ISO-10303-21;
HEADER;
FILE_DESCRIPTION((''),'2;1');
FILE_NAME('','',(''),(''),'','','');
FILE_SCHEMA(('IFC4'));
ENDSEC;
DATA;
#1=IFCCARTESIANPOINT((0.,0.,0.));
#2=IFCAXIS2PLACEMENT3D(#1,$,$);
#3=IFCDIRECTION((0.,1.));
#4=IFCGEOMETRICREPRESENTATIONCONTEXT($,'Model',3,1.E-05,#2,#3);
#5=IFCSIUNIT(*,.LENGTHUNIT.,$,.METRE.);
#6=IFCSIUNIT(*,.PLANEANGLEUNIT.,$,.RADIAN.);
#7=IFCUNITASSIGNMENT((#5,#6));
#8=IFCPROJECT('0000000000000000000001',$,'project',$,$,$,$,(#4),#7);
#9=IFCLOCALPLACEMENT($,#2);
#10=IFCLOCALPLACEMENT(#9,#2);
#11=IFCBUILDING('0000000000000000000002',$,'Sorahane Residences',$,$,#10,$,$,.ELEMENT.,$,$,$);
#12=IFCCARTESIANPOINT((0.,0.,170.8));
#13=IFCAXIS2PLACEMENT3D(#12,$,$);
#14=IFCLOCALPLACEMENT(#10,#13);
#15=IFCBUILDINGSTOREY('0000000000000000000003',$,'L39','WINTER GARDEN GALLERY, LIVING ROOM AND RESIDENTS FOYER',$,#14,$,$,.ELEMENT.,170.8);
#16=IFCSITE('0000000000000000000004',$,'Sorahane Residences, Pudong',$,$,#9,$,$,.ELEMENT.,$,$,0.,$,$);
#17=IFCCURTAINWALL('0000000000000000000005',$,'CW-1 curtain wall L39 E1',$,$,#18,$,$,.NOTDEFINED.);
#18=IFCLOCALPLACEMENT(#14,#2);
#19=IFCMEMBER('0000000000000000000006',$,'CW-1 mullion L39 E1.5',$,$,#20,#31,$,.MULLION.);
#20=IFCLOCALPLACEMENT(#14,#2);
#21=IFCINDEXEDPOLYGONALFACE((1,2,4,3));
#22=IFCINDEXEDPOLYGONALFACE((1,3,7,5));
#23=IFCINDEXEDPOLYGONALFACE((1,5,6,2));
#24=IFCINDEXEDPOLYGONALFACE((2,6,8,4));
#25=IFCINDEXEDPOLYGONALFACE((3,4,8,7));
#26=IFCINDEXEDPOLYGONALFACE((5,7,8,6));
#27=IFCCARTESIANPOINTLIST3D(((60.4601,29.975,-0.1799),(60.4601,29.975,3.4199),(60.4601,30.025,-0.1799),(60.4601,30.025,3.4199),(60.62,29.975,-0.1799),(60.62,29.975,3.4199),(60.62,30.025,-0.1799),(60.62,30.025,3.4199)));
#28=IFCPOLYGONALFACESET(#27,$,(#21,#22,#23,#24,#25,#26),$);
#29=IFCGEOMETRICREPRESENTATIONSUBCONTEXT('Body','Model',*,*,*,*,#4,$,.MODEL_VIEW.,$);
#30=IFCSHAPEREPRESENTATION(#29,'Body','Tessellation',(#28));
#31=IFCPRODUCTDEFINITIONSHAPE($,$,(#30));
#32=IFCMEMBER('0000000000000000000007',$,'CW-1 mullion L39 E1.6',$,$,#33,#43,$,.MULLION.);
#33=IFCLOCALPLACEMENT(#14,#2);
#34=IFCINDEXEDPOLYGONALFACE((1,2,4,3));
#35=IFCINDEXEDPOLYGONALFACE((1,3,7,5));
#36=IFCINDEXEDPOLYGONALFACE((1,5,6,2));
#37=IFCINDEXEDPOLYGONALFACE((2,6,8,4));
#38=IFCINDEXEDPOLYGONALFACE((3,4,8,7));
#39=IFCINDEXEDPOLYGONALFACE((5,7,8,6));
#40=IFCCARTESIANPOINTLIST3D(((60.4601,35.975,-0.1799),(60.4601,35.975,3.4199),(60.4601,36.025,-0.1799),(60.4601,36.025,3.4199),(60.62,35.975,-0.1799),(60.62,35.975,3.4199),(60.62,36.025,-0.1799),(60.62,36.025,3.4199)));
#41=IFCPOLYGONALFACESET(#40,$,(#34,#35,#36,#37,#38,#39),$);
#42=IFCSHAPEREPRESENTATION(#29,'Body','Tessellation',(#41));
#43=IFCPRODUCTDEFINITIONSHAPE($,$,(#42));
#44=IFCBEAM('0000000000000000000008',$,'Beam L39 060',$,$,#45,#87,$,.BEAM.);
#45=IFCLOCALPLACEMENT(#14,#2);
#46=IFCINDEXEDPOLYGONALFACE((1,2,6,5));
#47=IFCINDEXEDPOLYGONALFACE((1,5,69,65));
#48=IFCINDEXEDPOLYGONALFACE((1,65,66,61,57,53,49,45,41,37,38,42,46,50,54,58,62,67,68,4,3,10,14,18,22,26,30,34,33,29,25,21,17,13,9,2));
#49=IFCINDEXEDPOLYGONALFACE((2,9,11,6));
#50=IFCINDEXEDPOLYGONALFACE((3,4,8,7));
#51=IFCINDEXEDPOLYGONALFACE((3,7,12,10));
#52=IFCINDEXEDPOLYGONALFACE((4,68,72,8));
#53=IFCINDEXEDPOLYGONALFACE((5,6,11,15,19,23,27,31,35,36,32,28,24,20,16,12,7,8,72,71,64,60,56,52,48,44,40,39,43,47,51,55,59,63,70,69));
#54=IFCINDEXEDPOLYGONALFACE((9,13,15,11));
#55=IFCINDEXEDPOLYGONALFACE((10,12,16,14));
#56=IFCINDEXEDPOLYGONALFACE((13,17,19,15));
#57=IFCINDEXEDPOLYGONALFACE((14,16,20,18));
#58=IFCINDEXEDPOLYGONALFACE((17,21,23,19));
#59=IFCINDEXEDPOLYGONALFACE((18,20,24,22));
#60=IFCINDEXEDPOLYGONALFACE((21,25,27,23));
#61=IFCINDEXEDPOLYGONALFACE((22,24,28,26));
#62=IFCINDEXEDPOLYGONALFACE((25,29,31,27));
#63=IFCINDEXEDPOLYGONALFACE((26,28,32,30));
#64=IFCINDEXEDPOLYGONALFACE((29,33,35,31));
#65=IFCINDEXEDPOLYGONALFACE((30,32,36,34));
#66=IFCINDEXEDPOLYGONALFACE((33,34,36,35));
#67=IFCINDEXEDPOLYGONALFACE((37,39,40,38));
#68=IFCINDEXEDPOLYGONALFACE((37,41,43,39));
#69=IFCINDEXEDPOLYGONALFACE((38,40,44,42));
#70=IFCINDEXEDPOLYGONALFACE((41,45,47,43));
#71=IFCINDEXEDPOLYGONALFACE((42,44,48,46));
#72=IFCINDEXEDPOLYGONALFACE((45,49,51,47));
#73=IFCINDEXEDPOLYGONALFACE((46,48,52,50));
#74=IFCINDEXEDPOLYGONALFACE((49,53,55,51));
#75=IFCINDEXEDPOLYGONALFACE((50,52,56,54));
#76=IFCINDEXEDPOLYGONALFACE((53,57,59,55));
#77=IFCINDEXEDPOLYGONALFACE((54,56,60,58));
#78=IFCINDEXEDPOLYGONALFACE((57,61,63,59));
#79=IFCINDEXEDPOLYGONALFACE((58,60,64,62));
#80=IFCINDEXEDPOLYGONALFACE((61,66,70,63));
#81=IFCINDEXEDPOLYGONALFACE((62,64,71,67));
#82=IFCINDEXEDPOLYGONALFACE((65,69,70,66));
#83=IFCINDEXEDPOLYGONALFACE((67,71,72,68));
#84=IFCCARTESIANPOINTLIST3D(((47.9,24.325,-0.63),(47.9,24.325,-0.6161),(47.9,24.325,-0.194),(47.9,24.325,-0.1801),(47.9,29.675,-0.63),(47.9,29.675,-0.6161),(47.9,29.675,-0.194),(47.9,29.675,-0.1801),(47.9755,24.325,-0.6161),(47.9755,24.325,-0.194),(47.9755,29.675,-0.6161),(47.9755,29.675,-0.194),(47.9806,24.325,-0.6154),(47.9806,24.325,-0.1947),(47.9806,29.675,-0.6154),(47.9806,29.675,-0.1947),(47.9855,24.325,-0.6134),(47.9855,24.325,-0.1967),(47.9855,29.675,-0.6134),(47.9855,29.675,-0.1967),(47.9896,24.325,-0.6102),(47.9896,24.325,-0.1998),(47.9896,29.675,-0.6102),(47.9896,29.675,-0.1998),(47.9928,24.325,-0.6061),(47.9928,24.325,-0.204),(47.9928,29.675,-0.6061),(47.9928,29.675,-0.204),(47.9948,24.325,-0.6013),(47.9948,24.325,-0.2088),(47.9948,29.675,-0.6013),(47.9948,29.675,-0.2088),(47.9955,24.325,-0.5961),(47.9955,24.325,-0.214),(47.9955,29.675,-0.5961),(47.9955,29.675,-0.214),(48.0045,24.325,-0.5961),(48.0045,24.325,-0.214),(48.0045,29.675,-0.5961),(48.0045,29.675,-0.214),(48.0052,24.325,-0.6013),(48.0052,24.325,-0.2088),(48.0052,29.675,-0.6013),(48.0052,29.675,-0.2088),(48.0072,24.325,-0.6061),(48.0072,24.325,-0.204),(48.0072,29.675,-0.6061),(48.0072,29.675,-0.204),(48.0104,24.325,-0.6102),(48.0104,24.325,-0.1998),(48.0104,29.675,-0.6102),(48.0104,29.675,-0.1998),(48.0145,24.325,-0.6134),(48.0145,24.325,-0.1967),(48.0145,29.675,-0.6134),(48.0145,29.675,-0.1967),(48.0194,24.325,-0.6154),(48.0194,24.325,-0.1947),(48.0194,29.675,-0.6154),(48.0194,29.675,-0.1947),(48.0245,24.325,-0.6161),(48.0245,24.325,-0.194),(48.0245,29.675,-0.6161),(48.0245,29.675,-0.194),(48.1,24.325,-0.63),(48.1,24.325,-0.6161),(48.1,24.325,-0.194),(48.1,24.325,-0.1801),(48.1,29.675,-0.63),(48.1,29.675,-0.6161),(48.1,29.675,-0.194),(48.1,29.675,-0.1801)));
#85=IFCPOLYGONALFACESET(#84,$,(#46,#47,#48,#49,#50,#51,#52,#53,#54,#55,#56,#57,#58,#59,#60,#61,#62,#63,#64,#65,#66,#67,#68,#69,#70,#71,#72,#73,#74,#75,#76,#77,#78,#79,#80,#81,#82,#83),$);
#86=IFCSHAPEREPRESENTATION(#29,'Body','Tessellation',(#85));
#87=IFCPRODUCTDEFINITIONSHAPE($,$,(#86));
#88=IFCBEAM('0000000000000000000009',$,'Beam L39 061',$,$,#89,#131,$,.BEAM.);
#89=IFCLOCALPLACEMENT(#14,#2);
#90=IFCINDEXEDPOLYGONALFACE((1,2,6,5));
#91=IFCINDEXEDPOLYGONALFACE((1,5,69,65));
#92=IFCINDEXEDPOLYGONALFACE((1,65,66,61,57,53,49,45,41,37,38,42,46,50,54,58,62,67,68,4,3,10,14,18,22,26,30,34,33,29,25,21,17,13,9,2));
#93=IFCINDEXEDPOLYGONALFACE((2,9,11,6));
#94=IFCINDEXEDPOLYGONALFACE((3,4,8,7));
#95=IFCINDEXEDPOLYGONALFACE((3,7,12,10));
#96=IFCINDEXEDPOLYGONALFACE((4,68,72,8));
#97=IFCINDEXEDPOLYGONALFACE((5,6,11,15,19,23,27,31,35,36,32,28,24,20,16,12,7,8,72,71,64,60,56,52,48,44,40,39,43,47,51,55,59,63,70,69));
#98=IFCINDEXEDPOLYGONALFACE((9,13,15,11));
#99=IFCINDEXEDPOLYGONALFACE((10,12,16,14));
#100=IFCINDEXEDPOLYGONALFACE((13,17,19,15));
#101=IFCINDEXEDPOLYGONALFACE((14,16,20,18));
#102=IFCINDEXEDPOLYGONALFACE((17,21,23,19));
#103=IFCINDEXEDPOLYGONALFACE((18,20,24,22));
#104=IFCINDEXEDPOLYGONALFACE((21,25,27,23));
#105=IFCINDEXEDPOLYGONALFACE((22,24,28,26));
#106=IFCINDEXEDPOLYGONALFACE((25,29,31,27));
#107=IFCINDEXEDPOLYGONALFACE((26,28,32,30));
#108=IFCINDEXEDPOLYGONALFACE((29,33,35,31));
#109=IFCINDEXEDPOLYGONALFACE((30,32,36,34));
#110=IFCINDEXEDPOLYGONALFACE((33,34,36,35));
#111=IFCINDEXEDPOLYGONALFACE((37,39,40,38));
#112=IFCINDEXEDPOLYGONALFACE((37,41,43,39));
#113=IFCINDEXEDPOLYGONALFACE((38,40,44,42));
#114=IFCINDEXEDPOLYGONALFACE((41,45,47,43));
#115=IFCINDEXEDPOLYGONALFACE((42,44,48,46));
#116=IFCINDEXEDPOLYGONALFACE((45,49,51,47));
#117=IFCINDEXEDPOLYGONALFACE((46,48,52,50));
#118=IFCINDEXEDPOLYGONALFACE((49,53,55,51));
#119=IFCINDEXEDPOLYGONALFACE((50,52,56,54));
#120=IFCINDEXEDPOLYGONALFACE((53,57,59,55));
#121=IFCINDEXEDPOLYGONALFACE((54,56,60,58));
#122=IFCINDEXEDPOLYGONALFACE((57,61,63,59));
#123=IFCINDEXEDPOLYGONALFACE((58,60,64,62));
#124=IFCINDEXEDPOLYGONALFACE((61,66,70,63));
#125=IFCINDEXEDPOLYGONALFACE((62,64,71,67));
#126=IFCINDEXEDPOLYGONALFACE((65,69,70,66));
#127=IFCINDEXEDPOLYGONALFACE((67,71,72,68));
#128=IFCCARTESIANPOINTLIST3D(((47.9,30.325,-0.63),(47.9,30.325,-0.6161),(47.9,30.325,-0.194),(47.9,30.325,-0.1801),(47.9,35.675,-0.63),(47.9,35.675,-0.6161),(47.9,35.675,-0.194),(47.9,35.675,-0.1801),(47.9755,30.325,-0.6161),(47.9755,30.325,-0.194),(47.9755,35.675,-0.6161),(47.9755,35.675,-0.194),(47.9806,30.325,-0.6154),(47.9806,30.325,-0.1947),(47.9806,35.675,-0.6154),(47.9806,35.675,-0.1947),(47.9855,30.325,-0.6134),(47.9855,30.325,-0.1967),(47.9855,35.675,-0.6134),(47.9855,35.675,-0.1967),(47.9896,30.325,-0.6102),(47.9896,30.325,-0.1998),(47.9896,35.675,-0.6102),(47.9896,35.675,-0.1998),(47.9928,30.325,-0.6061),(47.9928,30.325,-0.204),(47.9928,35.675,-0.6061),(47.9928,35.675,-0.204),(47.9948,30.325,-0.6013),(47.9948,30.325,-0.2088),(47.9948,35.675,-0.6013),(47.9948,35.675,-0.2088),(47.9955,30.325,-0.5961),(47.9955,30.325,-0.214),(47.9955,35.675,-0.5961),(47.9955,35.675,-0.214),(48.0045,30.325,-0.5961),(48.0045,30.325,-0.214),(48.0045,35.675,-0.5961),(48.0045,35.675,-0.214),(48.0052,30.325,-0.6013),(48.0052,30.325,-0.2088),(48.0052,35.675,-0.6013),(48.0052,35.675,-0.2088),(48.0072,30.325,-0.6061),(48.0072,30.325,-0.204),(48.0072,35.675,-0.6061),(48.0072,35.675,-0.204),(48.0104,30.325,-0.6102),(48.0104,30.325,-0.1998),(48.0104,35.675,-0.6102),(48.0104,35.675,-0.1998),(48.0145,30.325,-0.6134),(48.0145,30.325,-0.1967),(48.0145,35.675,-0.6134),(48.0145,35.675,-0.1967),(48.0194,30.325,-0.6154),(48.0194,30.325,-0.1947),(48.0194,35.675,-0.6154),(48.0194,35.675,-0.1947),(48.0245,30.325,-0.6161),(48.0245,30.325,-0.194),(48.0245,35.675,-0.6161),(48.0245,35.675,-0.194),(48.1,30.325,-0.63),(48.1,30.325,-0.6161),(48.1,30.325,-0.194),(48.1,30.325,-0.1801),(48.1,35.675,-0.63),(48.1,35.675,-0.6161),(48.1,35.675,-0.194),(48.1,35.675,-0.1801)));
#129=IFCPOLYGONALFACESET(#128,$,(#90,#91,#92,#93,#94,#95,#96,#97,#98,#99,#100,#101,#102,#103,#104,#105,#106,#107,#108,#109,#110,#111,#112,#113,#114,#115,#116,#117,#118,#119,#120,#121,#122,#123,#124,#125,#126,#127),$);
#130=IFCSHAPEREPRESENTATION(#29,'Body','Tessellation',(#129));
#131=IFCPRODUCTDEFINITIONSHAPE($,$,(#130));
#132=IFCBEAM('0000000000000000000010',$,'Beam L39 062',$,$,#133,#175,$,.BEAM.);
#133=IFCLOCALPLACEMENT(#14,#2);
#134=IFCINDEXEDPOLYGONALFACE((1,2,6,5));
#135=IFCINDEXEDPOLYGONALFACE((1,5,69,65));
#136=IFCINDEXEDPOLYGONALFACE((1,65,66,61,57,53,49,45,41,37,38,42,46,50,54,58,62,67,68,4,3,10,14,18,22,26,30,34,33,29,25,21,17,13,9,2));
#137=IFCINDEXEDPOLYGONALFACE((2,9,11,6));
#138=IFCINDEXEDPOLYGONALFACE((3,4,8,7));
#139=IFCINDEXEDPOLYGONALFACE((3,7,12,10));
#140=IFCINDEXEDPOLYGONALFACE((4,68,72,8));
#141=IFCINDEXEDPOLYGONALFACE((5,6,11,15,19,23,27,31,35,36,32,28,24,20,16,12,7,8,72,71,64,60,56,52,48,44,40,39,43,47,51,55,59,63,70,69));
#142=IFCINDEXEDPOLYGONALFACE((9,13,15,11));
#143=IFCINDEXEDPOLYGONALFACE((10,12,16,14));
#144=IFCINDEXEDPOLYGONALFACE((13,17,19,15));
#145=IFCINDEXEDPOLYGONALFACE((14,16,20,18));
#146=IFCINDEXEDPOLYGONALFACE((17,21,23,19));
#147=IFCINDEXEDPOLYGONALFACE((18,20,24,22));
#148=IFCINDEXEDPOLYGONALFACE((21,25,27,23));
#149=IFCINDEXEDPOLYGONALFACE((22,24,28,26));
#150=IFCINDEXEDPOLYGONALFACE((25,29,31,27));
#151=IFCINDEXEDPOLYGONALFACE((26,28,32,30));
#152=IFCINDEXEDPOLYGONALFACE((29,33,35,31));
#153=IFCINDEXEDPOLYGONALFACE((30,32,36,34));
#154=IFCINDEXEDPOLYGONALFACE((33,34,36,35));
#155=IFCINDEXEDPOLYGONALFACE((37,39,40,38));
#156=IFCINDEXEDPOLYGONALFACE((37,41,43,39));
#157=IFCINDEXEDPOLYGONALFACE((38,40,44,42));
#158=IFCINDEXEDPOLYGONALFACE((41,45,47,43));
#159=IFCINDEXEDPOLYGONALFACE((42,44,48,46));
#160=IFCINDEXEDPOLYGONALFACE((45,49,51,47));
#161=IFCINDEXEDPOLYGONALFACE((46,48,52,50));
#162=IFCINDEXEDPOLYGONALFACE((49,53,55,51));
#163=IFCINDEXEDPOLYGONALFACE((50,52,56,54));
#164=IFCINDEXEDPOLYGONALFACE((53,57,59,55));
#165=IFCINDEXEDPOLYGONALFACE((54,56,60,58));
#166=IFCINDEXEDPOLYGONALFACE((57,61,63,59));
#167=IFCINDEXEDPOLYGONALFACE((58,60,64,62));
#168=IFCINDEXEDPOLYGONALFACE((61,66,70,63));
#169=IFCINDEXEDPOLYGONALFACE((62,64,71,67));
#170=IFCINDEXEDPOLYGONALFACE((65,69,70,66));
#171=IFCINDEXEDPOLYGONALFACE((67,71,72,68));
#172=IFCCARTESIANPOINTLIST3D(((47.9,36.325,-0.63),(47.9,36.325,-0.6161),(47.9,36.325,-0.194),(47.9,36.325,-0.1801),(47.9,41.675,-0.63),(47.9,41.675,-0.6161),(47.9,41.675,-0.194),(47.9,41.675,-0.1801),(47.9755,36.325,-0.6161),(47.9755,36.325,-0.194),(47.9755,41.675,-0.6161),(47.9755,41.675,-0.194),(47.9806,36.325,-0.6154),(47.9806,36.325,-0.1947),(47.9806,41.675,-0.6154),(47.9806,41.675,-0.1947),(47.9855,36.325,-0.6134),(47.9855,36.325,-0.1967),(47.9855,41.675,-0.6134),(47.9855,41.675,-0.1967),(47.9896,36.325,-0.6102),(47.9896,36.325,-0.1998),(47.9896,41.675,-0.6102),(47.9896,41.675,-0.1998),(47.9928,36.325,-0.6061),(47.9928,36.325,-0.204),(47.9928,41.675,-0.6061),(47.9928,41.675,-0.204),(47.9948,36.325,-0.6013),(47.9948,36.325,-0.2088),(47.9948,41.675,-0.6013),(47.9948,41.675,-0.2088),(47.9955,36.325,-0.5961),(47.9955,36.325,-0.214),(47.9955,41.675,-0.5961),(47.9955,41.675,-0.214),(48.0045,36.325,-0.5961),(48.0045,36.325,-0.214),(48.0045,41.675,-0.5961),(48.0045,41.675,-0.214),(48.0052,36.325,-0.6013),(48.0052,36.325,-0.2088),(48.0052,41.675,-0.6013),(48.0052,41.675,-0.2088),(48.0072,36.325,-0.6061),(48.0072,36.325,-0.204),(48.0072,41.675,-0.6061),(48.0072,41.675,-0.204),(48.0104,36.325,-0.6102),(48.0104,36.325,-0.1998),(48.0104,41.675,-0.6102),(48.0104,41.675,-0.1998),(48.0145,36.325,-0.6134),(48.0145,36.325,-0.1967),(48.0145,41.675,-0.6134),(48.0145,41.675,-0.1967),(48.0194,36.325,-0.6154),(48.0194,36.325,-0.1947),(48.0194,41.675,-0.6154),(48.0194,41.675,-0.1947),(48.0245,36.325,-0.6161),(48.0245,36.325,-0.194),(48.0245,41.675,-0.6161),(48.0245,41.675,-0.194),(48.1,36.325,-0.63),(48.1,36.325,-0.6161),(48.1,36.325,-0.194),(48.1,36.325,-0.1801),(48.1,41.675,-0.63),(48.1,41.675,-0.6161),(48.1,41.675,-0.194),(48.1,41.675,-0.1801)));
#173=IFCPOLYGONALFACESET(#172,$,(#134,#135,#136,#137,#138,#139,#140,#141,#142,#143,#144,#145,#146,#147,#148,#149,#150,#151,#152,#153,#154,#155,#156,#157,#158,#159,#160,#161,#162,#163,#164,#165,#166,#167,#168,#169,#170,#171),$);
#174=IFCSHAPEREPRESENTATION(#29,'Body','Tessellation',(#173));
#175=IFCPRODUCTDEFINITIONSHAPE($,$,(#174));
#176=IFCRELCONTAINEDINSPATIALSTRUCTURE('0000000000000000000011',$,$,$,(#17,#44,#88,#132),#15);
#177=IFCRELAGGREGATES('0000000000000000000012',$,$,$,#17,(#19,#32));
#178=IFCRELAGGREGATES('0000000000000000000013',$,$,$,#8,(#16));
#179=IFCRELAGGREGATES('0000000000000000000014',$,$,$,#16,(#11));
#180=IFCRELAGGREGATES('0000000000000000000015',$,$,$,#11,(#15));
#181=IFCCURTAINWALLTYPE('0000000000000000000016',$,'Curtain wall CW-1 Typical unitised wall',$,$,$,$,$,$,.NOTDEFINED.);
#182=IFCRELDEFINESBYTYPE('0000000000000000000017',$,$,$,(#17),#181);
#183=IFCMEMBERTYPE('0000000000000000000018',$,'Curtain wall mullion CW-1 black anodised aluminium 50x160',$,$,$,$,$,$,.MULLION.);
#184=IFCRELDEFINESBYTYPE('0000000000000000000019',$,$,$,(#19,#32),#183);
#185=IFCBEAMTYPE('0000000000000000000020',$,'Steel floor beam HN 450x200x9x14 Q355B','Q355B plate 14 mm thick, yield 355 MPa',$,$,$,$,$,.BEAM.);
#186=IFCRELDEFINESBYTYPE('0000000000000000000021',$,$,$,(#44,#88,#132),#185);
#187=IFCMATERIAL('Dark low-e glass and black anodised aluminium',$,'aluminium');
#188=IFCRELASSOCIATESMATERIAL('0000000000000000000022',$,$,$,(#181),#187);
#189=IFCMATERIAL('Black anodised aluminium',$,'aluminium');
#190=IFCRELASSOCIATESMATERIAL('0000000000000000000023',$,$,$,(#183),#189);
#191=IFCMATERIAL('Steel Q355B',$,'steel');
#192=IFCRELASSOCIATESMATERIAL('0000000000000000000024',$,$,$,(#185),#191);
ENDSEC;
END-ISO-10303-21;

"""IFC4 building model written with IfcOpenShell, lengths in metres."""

from ifc_helpers import new_model, si_unit, direction, frame, origin, origin_2d, place, context, subcontext, project, spatial, rectangle, i_section, extrude, material, material_profile, profile_set, type_object, element, aggregate, save


model = new_model("IFC4")

# Units and contexts
model_context = context("Model", 3, precision=1e-05, world=origin(), true_north=direction((0.0, 1.0)))
body_context = subcontext(model_context, "Body", "Model", "MODEL_VIEW")
ifc_project = project(units=[si_unit("LENGTHUNIT", "METRE"), si_unit("PLANEANGLEUNIT", "RADIAN")], contexts=[model_context])

# Site, building, storey
site_placement = place(None, origin())
site = spatial("IfcSite", under=ifc_project, at=site_placement, Name="Sorahane Residences, Pudong", CompositionType="ELEMENT", RefElevation=0.0)
building_placement = place(site_placement, origin())
building = spatial("IfcBuilding", under=site, at=building_placement, Name="Sorahane Residences", CompositionType="ELEMENT")
storey_placement = place(building_placement, frame((0.0, 0.0, 170.8)))
storey = spatial("IfcBuildingStorey", under=building, at=storey_placement, Name="L39", Description="WINTER GARDEN GALLERY, LIVING ROOM AND RESIDENTS FOYER", CompositionType="ELEMENT", Elevation=170.8)

# Curtain wall, members
ifc_material_1 = material(Name="Dark low-e glass and black anodised aluminium", Category="aluminium")
curtain_wall_type = type_object("IfcCurtainWallType", Name="Curtain wall CW-1 Typical unitised wall", PredefinedType="NOTDEFINED", material=ifc_material_1)
curtain_wall_placement = place(storey_placement, origin())
curtain_wall = element("IfcCurtainWall", 1, at=curtain_wall_placement, inside=storey, type_object=curtain_wall_type, Name="CW-1 curtain wall L39 E1", PredefinedType="NOTDEFINED")
ifc_material_2 = material(Name="Black anodised aluminium", Category="aluminium")
ifc_material_profile_1 = material_profile(ifc_material_2, rectangle(XDim=0.1599, YDim=0.05, at=origin_2d()), Name="Curtain wall mullion CW-1 black anodised aluminium 50x160")
ifc_profile_set_1 = profile_set([ifc_material_profile_1], Name="Black anodised aluminium")
member_type_1 = type_object("IfcMemberType", Name="Curtain wall mullion CW-1 black anodised aluminium 50x160", PredefinedType="MULLION", material=ifc_profile_set_1)
member_1_placement = place(storey_placement, frame((60.54, 30.0, -0.1799), z_axis=(0.0, 0.0, 1.0), x_axis=(1.0, 0.0, 0.0)))
member_1 = element("IfcMember", 2, at=member_1_placement, type_object=member_type_1, Name="CW-1 mullion L39 E1.5", PredefinedType="MULLION", context=body_context, shape_type="SweptSolid", body=[
    extrude(rectangle(XDim=0.1599, YDim=0.05, at=origin_2d()), origin(), (0.0, 0.0, 1.0), 3.5999),
])
member_2_placement = place(storey_placement, frame((60.54, 36.0, -0.1799), z_axis=(0.0, 0.0, 1.0), x_axis=(1.0, 0.0, 0.0)))
member_2 = element("IfcMember", 3, at=member_2_placement, type_object=member_type_1, Name="CW-1 mullion L39 E1.6", PredefinedType="MULLION", context=body_context, shape_type="SweptSolid", body=[
    extrude(rectangle(XDim=0.1599, YDim=0.05, at=origin_2d()), origin(), (0.0, 0.0, 1.0), 3.5999),
])

# Beams
ifc_material_3 = material(Name="Steel Q355B", Category="steel")
ifc_material_profile_2 = material_profile(ifc_material_3, i_section(OverallWidth=0.2, OverallDepth=0.45, WebThickness=0.009, FlangeThickness=0.0139, FilletRadius=0.02, at=origin_2d()), Name="HN 450x200x9x14")
ifc_profile_set_2 = profile_set([ifc_material_profile_2], Name="Steel Q355B")
beam_type_1 = type_object("IfcBeamType", Name="Steel floor beam HN 450x200x9x14 Q355B", Description="Q355B plate 14 mm thick, yield 355 MPa", PredefinedType="BEAM", material=ifc_profile_set_2)
for number, where, z_axis, x_axis, name in (
    (4, (48.0, 24.325, -0.405), (0.0, 1.0, 0.0), (-1.0, 0.0, 0.0), "Beam L39 060"),
    (5, (48.0, 30.325, -0.405), (0.0, 1.0, 0.0), (-1.0, 0.0, 0.0), "Beam L39 061"),
    (6, (48.0, 36.325, -0.405), (0.0, 1.0, 0.0), (-1.0, 0.0, 0.0), "Beam L39 062"),
):
    element("IfcBeam", number, at=place(storey_placement, frame(where, z_axis=z_axis, x_axis=x_axis)), inside=storey, type_object=beam_type_1, Name=name, PredefinedType="BEAM", context=body_context, shape_type="SweptSolid", body=[
        extrude(i_section(OverallWidth=0.2, OverallDepth=0.45, WebThickness=0.009, FlangeThickness=0.0139, FilletRadius=0.02, at=origin_2d()), origin(), (0.0, 0.0, 1.0), 5.3501),
    ])

aggregate(curtain_wall, [member_1, member_2])

save(model, "model.ifc")
